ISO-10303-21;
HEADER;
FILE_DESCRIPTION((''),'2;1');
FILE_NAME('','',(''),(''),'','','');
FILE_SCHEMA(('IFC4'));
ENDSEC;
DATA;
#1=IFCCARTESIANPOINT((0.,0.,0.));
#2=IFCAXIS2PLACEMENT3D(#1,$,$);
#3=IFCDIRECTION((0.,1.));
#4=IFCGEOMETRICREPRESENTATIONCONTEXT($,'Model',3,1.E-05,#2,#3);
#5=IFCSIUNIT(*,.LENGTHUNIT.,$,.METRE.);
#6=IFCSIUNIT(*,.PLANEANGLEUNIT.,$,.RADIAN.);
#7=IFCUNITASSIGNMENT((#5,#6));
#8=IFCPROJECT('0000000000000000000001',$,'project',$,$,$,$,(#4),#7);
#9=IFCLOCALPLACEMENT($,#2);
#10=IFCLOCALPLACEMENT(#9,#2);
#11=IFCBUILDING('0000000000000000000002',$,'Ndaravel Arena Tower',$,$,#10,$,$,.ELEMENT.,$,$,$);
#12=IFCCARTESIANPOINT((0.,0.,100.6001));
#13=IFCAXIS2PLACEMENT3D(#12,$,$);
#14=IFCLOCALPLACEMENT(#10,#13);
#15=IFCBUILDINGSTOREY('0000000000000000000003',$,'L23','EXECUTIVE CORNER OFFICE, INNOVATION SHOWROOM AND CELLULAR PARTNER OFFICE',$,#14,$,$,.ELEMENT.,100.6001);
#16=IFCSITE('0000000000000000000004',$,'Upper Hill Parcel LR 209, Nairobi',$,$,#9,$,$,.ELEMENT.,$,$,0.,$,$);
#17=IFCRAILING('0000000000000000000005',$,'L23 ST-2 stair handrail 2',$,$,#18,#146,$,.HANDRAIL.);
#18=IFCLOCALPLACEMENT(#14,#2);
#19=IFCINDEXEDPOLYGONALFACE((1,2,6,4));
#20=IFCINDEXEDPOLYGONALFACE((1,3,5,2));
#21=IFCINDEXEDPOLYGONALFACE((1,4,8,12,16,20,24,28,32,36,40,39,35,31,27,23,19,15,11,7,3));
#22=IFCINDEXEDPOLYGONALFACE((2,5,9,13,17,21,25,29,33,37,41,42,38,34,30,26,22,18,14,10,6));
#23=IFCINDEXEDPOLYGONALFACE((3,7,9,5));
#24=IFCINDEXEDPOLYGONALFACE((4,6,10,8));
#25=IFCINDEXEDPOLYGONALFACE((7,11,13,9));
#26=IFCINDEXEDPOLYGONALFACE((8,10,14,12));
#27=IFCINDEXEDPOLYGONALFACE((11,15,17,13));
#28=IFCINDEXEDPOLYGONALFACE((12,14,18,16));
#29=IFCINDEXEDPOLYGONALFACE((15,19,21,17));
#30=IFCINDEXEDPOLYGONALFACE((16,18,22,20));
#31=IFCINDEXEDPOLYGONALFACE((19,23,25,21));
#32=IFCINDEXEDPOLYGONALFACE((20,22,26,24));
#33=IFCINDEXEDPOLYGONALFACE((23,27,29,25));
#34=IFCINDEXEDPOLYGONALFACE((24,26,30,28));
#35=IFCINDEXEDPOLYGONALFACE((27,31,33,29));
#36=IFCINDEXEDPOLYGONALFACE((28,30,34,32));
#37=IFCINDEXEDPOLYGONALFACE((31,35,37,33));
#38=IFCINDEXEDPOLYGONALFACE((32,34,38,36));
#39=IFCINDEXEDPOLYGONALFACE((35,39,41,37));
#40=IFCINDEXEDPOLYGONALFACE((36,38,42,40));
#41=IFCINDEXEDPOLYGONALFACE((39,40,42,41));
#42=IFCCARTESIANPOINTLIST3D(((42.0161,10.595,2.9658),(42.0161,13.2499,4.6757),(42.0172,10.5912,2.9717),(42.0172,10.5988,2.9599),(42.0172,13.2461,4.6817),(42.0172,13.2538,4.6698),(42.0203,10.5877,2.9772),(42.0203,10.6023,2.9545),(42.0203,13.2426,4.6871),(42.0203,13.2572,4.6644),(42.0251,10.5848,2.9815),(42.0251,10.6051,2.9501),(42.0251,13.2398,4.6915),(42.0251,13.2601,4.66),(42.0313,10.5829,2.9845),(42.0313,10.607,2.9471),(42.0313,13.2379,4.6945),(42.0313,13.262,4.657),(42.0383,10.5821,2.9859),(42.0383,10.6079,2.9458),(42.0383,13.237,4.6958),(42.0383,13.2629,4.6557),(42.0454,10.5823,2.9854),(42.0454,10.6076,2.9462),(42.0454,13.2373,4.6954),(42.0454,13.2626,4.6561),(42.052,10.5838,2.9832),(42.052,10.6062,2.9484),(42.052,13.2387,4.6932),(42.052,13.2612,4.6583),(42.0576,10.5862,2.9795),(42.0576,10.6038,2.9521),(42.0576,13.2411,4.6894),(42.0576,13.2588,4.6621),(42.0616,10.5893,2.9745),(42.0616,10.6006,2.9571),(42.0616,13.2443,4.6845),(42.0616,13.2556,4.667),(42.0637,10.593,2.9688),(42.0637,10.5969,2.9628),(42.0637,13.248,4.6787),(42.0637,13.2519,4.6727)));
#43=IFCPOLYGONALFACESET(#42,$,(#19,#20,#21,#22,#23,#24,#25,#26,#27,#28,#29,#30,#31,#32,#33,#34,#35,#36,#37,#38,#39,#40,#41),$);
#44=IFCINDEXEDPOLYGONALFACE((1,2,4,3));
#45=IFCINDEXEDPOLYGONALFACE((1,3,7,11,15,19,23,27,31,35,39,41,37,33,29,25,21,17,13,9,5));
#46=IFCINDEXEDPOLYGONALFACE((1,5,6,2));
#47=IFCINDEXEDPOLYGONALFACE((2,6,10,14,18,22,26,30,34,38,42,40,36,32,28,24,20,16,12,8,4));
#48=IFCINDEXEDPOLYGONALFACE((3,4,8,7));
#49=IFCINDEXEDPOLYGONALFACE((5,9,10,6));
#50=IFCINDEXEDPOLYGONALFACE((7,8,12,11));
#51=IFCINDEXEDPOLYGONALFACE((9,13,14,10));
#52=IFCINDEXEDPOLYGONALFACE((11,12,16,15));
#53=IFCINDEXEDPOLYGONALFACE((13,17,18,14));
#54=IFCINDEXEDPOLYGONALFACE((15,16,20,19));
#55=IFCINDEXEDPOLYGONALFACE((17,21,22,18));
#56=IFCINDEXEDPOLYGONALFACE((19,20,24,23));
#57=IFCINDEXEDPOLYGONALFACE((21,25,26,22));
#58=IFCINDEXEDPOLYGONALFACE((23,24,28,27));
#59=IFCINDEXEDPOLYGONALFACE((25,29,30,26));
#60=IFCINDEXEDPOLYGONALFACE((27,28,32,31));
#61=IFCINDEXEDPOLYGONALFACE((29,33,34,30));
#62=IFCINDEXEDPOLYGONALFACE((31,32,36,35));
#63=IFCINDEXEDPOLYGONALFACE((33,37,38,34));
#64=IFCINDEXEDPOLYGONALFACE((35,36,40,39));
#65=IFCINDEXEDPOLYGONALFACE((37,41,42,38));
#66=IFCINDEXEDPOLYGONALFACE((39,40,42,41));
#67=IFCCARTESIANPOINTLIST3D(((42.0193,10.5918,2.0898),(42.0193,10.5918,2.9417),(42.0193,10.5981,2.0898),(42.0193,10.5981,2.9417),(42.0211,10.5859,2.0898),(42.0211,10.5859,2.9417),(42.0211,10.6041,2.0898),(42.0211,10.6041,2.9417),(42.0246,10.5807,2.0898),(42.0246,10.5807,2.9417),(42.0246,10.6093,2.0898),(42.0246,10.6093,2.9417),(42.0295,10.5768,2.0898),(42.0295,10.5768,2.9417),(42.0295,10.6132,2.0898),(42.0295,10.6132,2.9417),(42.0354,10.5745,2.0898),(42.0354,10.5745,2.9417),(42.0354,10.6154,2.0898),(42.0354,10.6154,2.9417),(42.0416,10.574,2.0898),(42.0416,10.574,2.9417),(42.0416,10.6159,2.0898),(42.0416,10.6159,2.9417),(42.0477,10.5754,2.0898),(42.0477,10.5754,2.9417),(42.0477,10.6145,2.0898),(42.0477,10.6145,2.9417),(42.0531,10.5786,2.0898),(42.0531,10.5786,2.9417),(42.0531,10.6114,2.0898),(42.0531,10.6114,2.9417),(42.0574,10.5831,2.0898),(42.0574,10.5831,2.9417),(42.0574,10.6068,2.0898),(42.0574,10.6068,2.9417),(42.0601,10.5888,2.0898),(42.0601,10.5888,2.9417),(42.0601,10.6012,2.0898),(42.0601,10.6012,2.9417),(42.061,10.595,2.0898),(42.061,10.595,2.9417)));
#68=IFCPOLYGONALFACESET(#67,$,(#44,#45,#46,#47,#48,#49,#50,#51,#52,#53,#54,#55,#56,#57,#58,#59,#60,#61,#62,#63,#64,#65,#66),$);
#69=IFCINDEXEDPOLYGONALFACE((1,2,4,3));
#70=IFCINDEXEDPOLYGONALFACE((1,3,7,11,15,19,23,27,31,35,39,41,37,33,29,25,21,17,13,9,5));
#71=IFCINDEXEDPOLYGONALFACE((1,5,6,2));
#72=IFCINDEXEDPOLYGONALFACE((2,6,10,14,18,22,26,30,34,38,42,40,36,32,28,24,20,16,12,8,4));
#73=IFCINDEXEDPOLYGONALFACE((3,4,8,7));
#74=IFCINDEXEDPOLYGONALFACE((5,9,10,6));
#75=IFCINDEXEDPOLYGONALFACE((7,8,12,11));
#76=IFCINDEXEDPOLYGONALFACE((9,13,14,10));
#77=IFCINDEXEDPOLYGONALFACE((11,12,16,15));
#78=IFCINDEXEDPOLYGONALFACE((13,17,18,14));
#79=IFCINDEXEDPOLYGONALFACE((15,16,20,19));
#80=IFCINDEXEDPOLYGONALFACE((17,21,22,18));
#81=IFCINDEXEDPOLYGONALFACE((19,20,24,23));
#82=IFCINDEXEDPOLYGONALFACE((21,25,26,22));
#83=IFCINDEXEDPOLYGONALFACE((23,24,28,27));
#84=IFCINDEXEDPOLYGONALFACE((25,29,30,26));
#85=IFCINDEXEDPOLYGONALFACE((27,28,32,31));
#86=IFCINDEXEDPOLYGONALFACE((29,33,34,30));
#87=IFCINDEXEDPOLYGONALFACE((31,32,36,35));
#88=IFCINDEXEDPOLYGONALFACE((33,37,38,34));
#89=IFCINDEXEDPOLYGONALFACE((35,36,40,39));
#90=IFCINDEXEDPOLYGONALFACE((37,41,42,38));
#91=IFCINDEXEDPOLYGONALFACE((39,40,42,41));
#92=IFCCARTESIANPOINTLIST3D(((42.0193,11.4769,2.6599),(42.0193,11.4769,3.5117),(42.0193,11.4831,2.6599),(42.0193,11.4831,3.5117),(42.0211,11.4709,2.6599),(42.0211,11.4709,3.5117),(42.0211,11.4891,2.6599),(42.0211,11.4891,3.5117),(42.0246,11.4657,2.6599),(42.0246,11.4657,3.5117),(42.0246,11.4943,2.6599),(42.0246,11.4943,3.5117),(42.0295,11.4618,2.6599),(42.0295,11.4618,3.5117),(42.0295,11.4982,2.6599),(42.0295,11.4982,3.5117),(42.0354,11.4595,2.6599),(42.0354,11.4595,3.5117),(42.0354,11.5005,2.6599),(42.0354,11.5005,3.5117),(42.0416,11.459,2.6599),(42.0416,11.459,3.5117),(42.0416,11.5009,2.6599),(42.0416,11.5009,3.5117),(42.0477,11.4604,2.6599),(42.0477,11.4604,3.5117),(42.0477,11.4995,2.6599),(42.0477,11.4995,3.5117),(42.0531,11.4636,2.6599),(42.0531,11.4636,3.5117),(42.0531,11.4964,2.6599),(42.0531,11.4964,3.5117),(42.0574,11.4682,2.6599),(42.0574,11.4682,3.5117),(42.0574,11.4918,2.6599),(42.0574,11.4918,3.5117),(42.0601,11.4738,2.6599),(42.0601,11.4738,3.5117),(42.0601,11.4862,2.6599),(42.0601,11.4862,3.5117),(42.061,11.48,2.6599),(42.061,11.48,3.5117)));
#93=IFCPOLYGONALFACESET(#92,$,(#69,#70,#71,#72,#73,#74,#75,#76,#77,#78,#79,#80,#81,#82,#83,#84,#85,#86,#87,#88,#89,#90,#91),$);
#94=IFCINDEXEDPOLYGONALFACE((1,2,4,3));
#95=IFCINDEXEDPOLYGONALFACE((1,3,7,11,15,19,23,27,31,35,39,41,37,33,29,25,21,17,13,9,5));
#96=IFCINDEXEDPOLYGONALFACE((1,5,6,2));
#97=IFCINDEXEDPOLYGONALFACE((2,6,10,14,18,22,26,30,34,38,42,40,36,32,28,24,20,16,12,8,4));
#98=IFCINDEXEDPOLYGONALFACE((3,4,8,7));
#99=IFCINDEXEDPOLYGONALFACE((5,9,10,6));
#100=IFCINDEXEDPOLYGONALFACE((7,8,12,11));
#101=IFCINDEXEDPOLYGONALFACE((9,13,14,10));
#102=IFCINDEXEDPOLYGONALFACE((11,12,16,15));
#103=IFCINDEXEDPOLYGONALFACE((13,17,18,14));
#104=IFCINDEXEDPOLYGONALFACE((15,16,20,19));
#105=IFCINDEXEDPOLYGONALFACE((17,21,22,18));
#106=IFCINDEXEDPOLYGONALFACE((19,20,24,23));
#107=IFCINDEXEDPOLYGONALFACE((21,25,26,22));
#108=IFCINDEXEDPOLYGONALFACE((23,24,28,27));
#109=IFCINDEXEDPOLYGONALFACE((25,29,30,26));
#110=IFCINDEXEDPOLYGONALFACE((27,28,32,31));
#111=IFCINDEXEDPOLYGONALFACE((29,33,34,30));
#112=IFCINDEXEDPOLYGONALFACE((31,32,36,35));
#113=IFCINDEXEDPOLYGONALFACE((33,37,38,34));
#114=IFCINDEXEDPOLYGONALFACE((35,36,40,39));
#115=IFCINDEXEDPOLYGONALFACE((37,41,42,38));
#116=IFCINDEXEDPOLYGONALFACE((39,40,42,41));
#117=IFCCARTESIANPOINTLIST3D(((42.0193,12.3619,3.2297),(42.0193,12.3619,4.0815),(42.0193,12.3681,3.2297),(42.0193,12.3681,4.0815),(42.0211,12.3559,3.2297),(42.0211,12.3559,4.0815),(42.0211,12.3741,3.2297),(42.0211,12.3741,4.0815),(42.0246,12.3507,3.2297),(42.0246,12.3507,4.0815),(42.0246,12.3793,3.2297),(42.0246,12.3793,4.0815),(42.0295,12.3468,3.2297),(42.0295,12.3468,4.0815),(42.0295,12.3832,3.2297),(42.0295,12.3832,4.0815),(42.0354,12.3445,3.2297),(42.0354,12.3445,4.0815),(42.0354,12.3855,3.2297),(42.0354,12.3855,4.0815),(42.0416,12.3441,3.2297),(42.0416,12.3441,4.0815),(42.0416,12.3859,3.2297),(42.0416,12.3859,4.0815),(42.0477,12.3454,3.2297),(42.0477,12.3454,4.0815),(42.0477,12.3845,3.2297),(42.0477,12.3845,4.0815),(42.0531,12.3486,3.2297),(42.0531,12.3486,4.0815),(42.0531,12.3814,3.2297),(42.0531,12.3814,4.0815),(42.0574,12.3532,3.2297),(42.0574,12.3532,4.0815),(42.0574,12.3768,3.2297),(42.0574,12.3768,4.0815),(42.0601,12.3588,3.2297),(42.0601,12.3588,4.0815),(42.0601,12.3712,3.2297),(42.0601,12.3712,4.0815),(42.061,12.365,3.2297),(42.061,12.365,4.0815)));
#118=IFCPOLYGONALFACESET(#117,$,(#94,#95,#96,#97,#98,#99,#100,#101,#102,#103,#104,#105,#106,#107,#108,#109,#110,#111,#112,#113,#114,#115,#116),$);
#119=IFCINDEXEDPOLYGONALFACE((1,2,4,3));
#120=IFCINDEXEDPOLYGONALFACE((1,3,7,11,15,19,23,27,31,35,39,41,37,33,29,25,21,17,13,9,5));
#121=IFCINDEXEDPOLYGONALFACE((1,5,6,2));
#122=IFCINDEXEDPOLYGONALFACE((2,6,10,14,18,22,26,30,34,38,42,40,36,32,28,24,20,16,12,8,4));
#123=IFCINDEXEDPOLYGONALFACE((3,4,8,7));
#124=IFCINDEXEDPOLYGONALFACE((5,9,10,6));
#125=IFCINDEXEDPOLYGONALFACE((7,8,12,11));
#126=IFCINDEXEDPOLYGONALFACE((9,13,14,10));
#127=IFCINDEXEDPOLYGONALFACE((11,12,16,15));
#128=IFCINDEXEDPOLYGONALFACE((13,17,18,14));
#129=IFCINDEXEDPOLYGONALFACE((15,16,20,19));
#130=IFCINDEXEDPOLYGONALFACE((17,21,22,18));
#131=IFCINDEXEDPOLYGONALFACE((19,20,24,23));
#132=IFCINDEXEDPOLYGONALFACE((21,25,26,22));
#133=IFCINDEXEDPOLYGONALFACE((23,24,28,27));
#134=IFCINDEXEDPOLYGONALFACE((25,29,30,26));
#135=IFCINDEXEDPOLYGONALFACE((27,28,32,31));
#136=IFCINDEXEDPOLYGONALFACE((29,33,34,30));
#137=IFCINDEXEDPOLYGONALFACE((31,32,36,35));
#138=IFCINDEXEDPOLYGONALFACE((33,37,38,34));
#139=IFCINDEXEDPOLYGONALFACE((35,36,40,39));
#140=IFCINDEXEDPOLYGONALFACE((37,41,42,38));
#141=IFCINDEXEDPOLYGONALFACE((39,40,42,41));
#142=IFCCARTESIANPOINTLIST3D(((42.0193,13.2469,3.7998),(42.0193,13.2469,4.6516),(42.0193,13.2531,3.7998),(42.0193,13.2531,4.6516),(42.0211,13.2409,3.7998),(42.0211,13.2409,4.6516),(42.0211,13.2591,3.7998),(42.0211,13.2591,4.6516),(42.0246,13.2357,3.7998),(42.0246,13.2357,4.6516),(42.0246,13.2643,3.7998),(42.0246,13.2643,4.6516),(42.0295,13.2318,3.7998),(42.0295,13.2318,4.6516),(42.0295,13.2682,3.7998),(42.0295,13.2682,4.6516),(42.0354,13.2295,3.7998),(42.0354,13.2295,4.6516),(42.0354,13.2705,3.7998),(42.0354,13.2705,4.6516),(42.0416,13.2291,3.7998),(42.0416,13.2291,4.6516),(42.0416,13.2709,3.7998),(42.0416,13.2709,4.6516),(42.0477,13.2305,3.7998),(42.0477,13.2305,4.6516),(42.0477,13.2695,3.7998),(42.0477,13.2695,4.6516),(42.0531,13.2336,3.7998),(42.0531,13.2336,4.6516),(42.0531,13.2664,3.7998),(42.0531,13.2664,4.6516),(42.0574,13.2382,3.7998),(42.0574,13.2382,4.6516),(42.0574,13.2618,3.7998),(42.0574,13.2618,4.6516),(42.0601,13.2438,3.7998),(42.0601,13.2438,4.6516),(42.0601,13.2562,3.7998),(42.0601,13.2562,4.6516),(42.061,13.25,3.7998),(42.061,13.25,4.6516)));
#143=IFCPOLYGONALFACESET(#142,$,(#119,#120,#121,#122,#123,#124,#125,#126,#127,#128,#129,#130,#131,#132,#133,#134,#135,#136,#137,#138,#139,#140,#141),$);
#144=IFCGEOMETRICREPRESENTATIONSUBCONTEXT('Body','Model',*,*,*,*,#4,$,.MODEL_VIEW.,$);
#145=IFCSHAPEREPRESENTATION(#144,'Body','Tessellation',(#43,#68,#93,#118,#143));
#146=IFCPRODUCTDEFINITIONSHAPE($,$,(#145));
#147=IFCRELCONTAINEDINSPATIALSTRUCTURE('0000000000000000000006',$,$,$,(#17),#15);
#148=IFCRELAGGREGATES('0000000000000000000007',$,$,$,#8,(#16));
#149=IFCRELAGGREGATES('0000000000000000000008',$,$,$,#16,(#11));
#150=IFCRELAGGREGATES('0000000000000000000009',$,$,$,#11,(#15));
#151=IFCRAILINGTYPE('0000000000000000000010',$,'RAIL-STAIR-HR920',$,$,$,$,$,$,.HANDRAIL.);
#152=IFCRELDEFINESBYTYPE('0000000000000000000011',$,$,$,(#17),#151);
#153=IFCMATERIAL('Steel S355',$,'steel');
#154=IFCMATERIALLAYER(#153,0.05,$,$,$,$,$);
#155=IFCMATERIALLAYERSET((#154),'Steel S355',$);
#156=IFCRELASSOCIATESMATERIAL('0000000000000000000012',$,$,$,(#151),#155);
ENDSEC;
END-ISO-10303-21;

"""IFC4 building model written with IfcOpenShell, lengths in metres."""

from ifc_helpers import new_model, si_unit, direction, frame, origin, origin_2d, place, context, subcontext, project, spatial, circle, extrude, material, layer, layer_set, type_object, element, save


model = new_model("IFC4")

# Units and contexts
model_context = context("Model", 3, precision=1e-05, world=origin(), true_north=direction((0.0, 1.0)))
body_context = subcontext(model_context, "Body", "Model", "MODEL_VIEW")
ifc_project = project(units=[si_unit("LENGTHUNIT", "METRE"), si_unit("PLANEANGLEUNIT", "RADIAN")], contexts=[model_context])

# Site, building, storey
site_placement = place(None, origin())
site = spatial("IfcSite", under=ifc_project, at=site_placement, Name="Upper Hill Parcel LR 209, Nairobi", CompositionType="ELEMENT", RefElevation=0.0)
building_placement = place(site_placement, origin())
building = spatial("IfcBuilding", under=site, at=building_placement, Name="Ndaravel Arena Tower", CompositionType="ELEMENT")
storey_placement = place(building_placement, frame((0.0, 0.0, 100.6001)))
storey = spatial("IfcBuildingStorey", under=building, at=storey_placement, Name="L23", Description="EXECUTIVE CORNER OFFICE, INNOVATION SHOWROOM AND CELLULAR PARTNER OFFICE", CompositionType="ELEMENT", Elevation=100.6001)

# Railing
ifc_material_1 = material(Name="Steel S355", Category="steel")
ifc_layer_1 = layer(ifc_material_1, 0.05)
ifc_layer_set_1 = layer_set([ifc_layer_1], Name="Steel S355")
railing_type_1 = type_object("IfcRailingType", Name="RAIL-STAIR-HR920", PredefinedType="HANDRAIL", material=ifc_layer_set_1)
railing_1_placement = place(storey_placement, frame((42.04, 10.595, 2.0898)))
element("IfcRailing", 1, at=railing_1_placement, inside=storey, type_object=railing_type_1, Name="L23 ST-2 stair handrail 2", PredefinedType="HANDRAIL", context=body_context, shape_type="SweptSolid", body=[
    extrude(circle(Radius=0.0239, at=origin_2d()), frame((0.0, 0.0, 0.876), z_axis=(0.0, 0.840724, 0.541465), x_axis=(-1.0, 0.0, 0.0)), (0.0, 0.0, 1.0), 3.158),
    extrude(circle(Radius=0.021, at=origin_2d()), origin(), (0.0, 0.0, 1.0), 0.8518),
    extrude(circle(Radius=0.021, at=origin_2d()), frame((0.0, 0.885, 0.5701)), (0.0, 0.0, 1.0), 0.8518),
    extrude(circle(Radius=0.021, at=origin_2d()), frame((0.0, 1.77, 1.1399)), (0.0, 0.0, 1.0), 0.8518),
    extrude(circle(Radius=0.021, at=origin_2d()), frame((0.0, 2.655, 1.71)), (0.0, 0.0, 1.0), 0.8518),
])

save(model, "model.ifc")
